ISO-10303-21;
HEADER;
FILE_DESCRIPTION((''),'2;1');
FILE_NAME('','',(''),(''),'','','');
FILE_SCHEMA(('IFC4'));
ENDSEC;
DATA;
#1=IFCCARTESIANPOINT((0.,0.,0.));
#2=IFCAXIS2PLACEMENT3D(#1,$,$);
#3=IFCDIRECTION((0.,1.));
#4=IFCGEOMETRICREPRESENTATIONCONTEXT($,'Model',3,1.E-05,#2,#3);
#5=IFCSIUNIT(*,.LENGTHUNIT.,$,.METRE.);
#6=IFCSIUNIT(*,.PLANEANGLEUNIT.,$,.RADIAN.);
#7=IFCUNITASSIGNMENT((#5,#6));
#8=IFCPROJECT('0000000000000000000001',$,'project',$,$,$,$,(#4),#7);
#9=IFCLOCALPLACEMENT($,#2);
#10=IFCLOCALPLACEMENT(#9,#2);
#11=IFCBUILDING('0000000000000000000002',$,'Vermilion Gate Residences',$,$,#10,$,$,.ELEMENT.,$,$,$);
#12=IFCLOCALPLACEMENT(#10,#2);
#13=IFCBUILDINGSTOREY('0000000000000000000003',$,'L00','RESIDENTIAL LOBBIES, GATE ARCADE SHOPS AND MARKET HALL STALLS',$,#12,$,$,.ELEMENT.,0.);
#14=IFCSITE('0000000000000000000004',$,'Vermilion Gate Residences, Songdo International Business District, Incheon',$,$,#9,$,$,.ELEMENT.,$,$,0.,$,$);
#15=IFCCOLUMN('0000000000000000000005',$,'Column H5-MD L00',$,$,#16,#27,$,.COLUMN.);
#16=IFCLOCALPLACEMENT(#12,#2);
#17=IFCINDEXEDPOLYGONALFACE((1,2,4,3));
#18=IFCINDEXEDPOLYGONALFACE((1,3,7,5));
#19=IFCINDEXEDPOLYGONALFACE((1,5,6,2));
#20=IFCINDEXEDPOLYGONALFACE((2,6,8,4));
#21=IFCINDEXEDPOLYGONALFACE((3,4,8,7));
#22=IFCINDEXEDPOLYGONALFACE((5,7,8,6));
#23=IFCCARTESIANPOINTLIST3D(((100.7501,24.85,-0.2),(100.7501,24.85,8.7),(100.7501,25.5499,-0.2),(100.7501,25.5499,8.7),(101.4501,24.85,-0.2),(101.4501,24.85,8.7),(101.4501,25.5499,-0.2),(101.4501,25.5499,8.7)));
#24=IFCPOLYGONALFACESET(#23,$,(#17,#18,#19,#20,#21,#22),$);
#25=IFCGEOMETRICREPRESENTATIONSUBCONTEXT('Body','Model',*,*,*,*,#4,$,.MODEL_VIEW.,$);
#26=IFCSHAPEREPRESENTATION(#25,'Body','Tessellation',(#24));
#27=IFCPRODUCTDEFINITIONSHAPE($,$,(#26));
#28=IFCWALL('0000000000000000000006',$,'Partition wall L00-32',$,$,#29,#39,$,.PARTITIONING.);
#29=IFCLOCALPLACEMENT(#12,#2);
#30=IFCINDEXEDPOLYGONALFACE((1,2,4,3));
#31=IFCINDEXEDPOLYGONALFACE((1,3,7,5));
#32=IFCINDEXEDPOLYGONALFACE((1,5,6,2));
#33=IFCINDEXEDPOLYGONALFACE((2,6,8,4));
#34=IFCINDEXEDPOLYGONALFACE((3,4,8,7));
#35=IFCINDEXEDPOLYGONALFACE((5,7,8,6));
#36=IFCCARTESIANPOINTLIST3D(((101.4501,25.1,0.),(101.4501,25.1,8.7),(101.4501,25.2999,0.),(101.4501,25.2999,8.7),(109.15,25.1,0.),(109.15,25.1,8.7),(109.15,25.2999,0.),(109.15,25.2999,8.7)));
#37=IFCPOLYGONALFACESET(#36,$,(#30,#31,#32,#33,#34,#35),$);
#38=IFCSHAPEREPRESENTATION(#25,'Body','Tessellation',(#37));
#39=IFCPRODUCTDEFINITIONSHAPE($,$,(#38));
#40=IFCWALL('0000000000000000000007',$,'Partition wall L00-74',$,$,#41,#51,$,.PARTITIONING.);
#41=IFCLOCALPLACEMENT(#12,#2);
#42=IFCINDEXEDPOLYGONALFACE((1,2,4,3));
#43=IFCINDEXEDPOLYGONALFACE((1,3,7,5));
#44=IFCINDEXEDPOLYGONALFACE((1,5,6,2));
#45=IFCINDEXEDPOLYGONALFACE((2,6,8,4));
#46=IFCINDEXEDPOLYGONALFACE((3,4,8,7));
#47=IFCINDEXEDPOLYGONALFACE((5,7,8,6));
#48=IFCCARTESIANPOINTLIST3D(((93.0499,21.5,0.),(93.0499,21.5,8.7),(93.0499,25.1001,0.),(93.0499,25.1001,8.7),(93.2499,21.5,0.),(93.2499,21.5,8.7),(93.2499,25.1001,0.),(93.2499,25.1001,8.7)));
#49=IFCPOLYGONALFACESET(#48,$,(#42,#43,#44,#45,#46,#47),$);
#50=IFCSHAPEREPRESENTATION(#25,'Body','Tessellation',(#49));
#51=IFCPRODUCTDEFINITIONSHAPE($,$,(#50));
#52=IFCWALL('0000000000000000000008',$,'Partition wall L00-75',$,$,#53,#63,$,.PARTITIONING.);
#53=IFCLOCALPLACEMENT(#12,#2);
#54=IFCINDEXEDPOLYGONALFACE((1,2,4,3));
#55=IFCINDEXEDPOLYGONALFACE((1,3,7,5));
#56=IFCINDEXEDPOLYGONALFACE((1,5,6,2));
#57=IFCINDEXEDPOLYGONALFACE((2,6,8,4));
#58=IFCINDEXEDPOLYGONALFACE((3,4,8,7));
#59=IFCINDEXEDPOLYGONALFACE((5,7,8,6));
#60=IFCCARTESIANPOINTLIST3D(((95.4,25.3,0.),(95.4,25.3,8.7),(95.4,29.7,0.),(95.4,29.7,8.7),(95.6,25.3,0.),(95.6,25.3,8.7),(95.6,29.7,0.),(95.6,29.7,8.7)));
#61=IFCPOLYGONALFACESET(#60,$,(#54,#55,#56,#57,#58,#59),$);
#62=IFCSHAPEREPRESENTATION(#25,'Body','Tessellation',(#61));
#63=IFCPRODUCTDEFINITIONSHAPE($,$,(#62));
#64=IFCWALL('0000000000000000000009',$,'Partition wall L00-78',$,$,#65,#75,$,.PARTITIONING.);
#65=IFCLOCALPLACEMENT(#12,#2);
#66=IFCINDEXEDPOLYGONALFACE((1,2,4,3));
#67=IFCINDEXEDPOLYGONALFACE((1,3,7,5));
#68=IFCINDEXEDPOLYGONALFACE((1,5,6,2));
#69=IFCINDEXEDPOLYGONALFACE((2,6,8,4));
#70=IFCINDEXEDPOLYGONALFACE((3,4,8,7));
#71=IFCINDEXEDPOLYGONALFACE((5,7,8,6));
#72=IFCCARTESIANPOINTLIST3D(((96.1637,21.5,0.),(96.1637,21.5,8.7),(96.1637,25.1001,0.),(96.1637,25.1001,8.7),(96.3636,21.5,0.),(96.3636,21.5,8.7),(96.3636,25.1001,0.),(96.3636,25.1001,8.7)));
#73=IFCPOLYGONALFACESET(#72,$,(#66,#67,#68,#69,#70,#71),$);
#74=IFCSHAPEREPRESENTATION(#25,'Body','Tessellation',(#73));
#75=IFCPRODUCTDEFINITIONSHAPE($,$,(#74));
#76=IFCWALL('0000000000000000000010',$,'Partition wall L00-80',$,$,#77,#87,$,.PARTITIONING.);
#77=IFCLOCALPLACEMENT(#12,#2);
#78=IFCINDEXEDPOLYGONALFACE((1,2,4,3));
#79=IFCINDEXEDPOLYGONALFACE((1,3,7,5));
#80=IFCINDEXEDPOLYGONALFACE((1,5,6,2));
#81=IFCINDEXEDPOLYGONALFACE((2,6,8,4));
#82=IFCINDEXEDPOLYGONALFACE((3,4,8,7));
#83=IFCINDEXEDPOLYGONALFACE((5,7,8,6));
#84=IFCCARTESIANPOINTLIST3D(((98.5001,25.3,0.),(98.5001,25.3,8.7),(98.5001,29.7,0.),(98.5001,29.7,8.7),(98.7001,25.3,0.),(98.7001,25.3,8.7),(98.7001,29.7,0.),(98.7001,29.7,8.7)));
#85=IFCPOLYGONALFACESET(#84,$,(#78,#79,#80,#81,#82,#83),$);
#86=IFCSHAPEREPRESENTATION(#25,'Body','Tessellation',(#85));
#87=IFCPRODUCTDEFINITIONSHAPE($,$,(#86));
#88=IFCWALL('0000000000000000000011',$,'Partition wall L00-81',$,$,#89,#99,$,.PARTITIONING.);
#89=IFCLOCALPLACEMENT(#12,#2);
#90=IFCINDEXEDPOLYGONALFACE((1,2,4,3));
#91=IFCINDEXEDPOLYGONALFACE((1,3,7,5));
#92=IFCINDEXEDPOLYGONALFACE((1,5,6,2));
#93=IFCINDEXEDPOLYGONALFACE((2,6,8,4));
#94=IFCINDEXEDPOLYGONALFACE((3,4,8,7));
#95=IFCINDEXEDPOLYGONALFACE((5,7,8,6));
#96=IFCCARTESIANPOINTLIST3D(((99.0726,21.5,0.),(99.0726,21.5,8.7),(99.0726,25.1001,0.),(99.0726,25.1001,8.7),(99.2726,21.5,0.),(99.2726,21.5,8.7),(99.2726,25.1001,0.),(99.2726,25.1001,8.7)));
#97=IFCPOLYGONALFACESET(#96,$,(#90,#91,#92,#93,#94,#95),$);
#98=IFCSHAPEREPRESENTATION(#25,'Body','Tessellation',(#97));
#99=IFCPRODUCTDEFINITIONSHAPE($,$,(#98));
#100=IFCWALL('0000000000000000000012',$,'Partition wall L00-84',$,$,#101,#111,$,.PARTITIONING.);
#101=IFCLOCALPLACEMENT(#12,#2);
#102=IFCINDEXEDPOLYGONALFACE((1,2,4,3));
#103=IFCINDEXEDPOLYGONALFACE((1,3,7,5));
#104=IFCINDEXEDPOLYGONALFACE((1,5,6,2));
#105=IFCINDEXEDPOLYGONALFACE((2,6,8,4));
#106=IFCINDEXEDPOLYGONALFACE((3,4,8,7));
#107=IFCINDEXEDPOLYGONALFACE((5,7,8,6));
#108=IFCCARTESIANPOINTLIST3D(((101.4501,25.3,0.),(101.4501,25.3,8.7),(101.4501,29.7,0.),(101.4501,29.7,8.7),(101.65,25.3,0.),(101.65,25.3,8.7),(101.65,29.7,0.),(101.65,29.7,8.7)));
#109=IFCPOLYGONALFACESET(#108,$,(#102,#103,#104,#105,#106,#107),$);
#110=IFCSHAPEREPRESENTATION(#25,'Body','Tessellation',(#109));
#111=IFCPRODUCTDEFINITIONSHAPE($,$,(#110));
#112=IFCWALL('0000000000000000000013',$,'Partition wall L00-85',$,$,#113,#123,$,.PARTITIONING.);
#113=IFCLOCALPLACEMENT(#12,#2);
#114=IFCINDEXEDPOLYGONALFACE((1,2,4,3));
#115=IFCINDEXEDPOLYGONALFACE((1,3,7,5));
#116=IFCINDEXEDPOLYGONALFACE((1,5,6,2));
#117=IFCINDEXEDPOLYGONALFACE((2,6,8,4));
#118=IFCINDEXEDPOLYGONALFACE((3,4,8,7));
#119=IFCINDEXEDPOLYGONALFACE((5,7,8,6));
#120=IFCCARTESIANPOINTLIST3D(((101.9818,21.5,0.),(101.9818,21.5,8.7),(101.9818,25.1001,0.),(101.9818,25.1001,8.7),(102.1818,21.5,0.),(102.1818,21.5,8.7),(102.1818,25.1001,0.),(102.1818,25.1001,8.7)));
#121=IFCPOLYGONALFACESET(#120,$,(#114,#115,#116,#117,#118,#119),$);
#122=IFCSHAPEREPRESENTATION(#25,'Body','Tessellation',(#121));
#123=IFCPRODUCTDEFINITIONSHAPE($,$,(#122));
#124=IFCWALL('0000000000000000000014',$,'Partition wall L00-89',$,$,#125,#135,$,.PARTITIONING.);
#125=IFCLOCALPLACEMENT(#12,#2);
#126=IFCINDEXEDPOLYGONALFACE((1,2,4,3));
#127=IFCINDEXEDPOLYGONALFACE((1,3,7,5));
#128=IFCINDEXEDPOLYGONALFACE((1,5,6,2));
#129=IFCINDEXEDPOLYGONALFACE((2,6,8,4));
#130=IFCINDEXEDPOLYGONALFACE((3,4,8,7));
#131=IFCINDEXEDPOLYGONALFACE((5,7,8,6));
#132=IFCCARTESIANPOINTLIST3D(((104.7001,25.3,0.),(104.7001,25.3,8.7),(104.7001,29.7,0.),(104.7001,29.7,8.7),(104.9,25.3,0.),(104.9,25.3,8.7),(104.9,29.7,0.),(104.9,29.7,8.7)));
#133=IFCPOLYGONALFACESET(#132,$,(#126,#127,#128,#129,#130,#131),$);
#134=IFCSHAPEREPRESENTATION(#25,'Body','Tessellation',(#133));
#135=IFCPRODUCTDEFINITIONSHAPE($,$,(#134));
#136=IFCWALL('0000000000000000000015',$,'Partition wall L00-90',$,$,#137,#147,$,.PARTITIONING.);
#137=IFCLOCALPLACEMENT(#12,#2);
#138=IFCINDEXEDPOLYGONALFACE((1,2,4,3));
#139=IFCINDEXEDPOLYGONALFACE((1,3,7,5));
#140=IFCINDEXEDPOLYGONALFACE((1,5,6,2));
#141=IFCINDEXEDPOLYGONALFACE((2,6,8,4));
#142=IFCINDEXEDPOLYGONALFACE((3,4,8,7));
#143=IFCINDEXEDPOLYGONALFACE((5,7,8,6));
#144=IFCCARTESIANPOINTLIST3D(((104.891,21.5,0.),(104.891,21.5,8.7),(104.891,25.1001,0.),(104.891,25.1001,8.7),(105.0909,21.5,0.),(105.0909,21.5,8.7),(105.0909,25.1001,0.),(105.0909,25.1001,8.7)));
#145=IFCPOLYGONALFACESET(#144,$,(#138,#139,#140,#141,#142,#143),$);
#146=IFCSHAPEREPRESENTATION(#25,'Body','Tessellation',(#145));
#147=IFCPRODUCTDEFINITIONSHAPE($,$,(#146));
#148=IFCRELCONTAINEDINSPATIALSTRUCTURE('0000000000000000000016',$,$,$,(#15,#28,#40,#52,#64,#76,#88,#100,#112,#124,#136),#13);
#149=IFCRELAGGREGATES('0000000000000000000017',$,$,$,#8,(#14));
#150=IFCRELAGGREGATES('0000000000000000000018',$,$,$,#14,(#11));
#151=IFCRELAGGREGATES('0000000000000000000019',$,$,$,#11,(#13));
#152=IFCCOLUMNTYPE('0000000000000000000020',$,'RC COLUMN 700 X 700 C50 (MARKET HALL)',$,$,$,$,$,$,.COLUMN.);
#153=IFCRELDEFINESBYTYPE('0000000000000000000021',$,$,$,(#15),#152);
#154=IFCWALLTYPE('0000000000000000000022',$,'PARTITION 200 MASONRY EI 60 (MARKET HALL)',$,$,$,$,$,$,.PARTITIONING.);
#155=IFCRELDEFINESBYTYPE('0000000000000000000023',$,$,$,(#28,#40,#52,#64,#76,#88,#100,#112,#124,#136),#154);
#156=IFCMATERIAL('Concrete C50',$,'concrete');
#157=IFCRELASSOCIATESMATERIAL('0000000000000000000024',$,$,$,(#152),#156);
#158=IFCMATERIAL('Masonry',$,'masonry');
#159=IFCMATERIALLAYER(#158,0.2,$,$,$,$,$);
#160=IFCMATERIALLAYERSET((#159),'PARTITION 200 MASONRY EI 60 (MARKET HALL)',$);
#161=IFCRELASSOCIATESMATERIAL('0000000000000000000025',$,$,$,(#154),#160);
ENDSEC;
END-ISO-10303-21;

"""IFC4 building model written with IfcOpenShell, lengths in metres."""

from ifc_helpers import new_model, si_unit, direction, frame, frame_2d, origin, origin_2d, place, context, subcontext, project, spatial, rectangle, extrude, material, layer, layer_set, material_profile, profile_set, type_object, element, save


model = new_model("IFC4")

# Units and contexts
model_context = context("Model", 3, precision=1e-05, world=origin(), true_north=direction((0.0, 1.0)))
body_context = subcontext(model_context, "Body", "Model", "MODEL_VIEW")
ifc_project = project(units=[si_unit("LENGTHUNIT", "METRE"), si_unit("PLANEANGLEUNIT", "RADIAN")], contexts=[model_context])

# Site, building, storey
site_placement = place(None, origin())
site = spatial("IfcSite", under=ifc_project, at=site_placement, Name="Vermilion Gate Residences, Songdo International Business District, Incheon", CompositionType="ELEMENT", RefElevation=0.0)
building_placement = place(site_placement, origin())
building = spatial("IfcBuilding", under=site, at=building_placement, Name="Vermilion Gate Residences", CompositionType="ELEMENT")
storey_placement = place(building_placement, origin())
storey = spatial("IfcBuildingStorey", under=building, at=storey_placement, Name="L00", Description="RESIDENTIAL LOBBIES, GATE ARCADE SHOPS AND MARKET HALL STALLS", CompositionType="ELEMENT", Elevation=0.0)

# Column
ifc_material_1 = material(Name="Concrete C50", Category="concrete")
ifc_material_profile_1 = material_profile(ifc_material_1, rectangle(XDim=0.7, YDim=0.7, at=origin_2d()), Name="RC COLUMN 700 X 700 C50 (MARKET HALL)")
ifc_profile_set_1 = profile_set([ifc_material_profile_1], Name="Concrete C50")
column_type = type_object("IfcColumnType", Name="RC COLUMN 700 X 700 C50 (MARKET HALL)", PredefinedType="COLUMN", material=ifc_profile_set_1)
column_placement = place(storey_placement, frame((101.1001, 25.2, -0.2), z_axis=(0.0, 0.0, 1.0), x_axis=(1.0, 0.0, 0.0)))
element("IfcColumn", 1, at=column_placement, inside=storey, type_object=column_type, Name="Column H5-MD L00", PredefinedType="COLUMN", context=body_context, shape_type="SweptSolid", body=[
    extrude(rectangle(XDim=0.7, YDim=0.7, at=origin_2d()), origin(), (0.0, 0.0, 1.0), 8.8999),
])

# Walls
ifc_material_2 = material(Name="Masonry", Category="masonry")
ifc_layer_1 = layer(ifc_material_2, 0.2)
ifc_layer_set_1 = layer_set([ifc_layer_1], Name="PARTITION 200 MASONRY EI 60 (MARKET HALL)")
wall_type = type_object("IfcWallType", Name="PARTITION 200 MASONRY EI 60 (MARKET HALL)", PredefinedType="PARTITIONING", material=ifc_layer_set_1)
wall_1_placement = place(storey_placement, frame((101.45, 25.2, 0.0), z_axis=(0.0, 0.0, 1.0), x_axis=(1.0, 0.0, 0.0)))
element("IfcWall", 2, at=wall_1_placement, inside=storey, type_object=wall_type, Name="Partition wall L00-32", PredefinedType="PARTITIONING", context=body_context, shape_type="SweptSolid", body=[
    extrude(rectangle(XDim=7.7, YDim=0.2, at=frame_2d((3.8501, 0.0))), origin(), (0.0, 0.0, 1.0), 8.7),
])
wall_2_placement = place(storey_placement, frame((93.1499, 21.5, 0.0), z_axis=(0.0, 0.0, 1.0), x_axis=(0.0, 1.0, 0.0)))
element("IfcWall", 3, at=wall_2_placement, inside=storey, type_object=wall_type, Name="Partition wall L00-74", PredefinedType="PARTITIONING", context=body_context, shape_type="SweptSolid", body=[
    extrude(rectangle(XDim=3.6001, YDim=0.2, at=frame_2d((1.8, 0.0))), origin(), (0.0, 0.0, 1.0), 8.7),
])
wall_3_placement = place(storey_placement, frame((95.5, 25.3, 0.0), z_axis=(0.0, 0.0, 1.0), x_axis=(0.0, 1.0, 0.0)))
element("IfcWall", 4, at=wall_3_placement, inside=storey, type_object=wall_type, Name="Partition wall L00-75", PredefinedType="PARTITIONING", context=body_context, shape_type="SweptSolid", body=[
    extrude(rectangle(XDim=4.3999, YDim=0.2, at=frame_2d((2.2, 0.0))), origin(), (0.0, 0.0, 1.0), 8.7),
])
wall_4_placement = place(storey_placement, frame((96.2637, 21.5, 0.0), z_axis=(0.0, 0.0, 1.0), x_axis=(0.0, 1.0, 0.0)))
element("IfcWall", 5, at=wall_4_placement, inside=storey, type_object=wall_type, Name="Partition wall L00-78", PredefinedType="PARTITIONING", context=body_context, shape_type="SweptSolid", body=[
    extrude(rectangle(XDim=3.6001, YDim=0.2, at=frame_2d((1.8, 0.0))), origin(), (0.0, 0.0, 1.0), 8.7),
])
wall_5_placement = place(storey_placement, frame((98.6001, 25.3, 0.0), z_axis=(0.0, 0.0, 1.0), x_axis=(0.0, 1.0, 0.0)))
element("IfcWall", 6, at=wall_5_placement, inside=storey, type_object=wall_type, Name="Partition wall L00-80", PredefinedType="PARTITIONING", context=body_context, shape_type="SweptSolid", body=[
    extrude(rectangle(XDim=4.3999, YDim=0.2, at=frame_2d((2.2, 0.0))), origin(), (0.0, 0.0, 1.0), 8.7),
])
wall_6_placement = place(storey_placement, frame((99.1726, 21.5, 0.0), z_axis=(0.0, 0.0, 1.0), x_axis=(0.0, 1.0, 0.0)))
element("IfcWall", 7, at=wall_6_placement, inside=storey, type_object=wall_type, Name="Partition wall L00-81", PredefinedType="PARTITIONING", context=body_context, shape_type="SweptSolid", body=[
    extrude(rectangle(XDim=3.6001, YDim=0.2, at=frame_2d((1.8, 0.0))), origin(), (0.0, 0.0, 1.0), 8.7),
])
wall_7_placement = place(storey_placement, frame((101.55, 25.3, 0.0), z_axis=(0.0, 0.0, 1.0), x_axis=(0.0, 1.0, 0.0)))
element("IfcWall", 8, at=wall_7_placement, inside=storey, type_object=wall_type, Name="Partition wall L00-84", PredefinedType="PARTITIONING", context=body_context, shape_type="SweptSolid", body=[
    extrude(rectangle(XDim=4.3999, YDim=0.2, at=frame_2d((2.2, 0.0))), origin(), (0.0, 0.0, 1.0), 8.7),
])
wall_8_placement = place(storey_placement, frame((102.0818, 21.5, 0.0), z_axis=(0.0, 0.0, 1.0), x_axis=(0.0, 1.0, 0.0)))
element("IfcWall", 9, at=wall_8_placement, inside=storey, type_object=wall_type, Name="Partition wall L00-85", PredefinedType="PARTITIONING", context=body_context, shape_type="SweptSolid", body=[
    extrude(rectangle(XDim=3.6001, YDim=0.2, at=frame_2d((1.8, 0.0))), origin(), (0.0, 0.0, 1.0), 8.7),
])
wall_9_placement = place(storey_placement, frame((104.8, 25.3, 0.0), z_axis=(0.0, 0.0, 1.0), x_axis=(0.0, 1.0, 0.0)))
element("IfcWall", 10, at=wall_9_placement, inside=storey, type_object=wall_type, Name="Partition wall L00-89", PredefinedType="PARTITIONING", context=body_context, shape_type="SweptSolid", body=[
    extrude(rectangle(XDim=4.3999, YDim=0.2, at=frame_2d((2.2, 0.0))), origin(), (0.0, 0.0, 1.0), 8.7),
])
wall_10_placement = place(storey_placement, frame((104.991, 21.5, 0.0), z_axis=(0.0, 0.0, 1.0), x_axis=(0.0, 1.0, 0.0)))
element("IfcWall", 11, at=wall_10_placement, inside=storey, type_object=wall_type, Name="Partition wall L00-90", PredefinedType="PARTITIONING", context=body_context, shape_type="SweptSolid", body=[
    extrude(rectangle(XDim=3.6001, YDim=0.2, at=frame_2d((1.8, 0.0))), origin(), (0.0, 0.0, 1.0), 8.7),
])

save(model, "model.ifc")
